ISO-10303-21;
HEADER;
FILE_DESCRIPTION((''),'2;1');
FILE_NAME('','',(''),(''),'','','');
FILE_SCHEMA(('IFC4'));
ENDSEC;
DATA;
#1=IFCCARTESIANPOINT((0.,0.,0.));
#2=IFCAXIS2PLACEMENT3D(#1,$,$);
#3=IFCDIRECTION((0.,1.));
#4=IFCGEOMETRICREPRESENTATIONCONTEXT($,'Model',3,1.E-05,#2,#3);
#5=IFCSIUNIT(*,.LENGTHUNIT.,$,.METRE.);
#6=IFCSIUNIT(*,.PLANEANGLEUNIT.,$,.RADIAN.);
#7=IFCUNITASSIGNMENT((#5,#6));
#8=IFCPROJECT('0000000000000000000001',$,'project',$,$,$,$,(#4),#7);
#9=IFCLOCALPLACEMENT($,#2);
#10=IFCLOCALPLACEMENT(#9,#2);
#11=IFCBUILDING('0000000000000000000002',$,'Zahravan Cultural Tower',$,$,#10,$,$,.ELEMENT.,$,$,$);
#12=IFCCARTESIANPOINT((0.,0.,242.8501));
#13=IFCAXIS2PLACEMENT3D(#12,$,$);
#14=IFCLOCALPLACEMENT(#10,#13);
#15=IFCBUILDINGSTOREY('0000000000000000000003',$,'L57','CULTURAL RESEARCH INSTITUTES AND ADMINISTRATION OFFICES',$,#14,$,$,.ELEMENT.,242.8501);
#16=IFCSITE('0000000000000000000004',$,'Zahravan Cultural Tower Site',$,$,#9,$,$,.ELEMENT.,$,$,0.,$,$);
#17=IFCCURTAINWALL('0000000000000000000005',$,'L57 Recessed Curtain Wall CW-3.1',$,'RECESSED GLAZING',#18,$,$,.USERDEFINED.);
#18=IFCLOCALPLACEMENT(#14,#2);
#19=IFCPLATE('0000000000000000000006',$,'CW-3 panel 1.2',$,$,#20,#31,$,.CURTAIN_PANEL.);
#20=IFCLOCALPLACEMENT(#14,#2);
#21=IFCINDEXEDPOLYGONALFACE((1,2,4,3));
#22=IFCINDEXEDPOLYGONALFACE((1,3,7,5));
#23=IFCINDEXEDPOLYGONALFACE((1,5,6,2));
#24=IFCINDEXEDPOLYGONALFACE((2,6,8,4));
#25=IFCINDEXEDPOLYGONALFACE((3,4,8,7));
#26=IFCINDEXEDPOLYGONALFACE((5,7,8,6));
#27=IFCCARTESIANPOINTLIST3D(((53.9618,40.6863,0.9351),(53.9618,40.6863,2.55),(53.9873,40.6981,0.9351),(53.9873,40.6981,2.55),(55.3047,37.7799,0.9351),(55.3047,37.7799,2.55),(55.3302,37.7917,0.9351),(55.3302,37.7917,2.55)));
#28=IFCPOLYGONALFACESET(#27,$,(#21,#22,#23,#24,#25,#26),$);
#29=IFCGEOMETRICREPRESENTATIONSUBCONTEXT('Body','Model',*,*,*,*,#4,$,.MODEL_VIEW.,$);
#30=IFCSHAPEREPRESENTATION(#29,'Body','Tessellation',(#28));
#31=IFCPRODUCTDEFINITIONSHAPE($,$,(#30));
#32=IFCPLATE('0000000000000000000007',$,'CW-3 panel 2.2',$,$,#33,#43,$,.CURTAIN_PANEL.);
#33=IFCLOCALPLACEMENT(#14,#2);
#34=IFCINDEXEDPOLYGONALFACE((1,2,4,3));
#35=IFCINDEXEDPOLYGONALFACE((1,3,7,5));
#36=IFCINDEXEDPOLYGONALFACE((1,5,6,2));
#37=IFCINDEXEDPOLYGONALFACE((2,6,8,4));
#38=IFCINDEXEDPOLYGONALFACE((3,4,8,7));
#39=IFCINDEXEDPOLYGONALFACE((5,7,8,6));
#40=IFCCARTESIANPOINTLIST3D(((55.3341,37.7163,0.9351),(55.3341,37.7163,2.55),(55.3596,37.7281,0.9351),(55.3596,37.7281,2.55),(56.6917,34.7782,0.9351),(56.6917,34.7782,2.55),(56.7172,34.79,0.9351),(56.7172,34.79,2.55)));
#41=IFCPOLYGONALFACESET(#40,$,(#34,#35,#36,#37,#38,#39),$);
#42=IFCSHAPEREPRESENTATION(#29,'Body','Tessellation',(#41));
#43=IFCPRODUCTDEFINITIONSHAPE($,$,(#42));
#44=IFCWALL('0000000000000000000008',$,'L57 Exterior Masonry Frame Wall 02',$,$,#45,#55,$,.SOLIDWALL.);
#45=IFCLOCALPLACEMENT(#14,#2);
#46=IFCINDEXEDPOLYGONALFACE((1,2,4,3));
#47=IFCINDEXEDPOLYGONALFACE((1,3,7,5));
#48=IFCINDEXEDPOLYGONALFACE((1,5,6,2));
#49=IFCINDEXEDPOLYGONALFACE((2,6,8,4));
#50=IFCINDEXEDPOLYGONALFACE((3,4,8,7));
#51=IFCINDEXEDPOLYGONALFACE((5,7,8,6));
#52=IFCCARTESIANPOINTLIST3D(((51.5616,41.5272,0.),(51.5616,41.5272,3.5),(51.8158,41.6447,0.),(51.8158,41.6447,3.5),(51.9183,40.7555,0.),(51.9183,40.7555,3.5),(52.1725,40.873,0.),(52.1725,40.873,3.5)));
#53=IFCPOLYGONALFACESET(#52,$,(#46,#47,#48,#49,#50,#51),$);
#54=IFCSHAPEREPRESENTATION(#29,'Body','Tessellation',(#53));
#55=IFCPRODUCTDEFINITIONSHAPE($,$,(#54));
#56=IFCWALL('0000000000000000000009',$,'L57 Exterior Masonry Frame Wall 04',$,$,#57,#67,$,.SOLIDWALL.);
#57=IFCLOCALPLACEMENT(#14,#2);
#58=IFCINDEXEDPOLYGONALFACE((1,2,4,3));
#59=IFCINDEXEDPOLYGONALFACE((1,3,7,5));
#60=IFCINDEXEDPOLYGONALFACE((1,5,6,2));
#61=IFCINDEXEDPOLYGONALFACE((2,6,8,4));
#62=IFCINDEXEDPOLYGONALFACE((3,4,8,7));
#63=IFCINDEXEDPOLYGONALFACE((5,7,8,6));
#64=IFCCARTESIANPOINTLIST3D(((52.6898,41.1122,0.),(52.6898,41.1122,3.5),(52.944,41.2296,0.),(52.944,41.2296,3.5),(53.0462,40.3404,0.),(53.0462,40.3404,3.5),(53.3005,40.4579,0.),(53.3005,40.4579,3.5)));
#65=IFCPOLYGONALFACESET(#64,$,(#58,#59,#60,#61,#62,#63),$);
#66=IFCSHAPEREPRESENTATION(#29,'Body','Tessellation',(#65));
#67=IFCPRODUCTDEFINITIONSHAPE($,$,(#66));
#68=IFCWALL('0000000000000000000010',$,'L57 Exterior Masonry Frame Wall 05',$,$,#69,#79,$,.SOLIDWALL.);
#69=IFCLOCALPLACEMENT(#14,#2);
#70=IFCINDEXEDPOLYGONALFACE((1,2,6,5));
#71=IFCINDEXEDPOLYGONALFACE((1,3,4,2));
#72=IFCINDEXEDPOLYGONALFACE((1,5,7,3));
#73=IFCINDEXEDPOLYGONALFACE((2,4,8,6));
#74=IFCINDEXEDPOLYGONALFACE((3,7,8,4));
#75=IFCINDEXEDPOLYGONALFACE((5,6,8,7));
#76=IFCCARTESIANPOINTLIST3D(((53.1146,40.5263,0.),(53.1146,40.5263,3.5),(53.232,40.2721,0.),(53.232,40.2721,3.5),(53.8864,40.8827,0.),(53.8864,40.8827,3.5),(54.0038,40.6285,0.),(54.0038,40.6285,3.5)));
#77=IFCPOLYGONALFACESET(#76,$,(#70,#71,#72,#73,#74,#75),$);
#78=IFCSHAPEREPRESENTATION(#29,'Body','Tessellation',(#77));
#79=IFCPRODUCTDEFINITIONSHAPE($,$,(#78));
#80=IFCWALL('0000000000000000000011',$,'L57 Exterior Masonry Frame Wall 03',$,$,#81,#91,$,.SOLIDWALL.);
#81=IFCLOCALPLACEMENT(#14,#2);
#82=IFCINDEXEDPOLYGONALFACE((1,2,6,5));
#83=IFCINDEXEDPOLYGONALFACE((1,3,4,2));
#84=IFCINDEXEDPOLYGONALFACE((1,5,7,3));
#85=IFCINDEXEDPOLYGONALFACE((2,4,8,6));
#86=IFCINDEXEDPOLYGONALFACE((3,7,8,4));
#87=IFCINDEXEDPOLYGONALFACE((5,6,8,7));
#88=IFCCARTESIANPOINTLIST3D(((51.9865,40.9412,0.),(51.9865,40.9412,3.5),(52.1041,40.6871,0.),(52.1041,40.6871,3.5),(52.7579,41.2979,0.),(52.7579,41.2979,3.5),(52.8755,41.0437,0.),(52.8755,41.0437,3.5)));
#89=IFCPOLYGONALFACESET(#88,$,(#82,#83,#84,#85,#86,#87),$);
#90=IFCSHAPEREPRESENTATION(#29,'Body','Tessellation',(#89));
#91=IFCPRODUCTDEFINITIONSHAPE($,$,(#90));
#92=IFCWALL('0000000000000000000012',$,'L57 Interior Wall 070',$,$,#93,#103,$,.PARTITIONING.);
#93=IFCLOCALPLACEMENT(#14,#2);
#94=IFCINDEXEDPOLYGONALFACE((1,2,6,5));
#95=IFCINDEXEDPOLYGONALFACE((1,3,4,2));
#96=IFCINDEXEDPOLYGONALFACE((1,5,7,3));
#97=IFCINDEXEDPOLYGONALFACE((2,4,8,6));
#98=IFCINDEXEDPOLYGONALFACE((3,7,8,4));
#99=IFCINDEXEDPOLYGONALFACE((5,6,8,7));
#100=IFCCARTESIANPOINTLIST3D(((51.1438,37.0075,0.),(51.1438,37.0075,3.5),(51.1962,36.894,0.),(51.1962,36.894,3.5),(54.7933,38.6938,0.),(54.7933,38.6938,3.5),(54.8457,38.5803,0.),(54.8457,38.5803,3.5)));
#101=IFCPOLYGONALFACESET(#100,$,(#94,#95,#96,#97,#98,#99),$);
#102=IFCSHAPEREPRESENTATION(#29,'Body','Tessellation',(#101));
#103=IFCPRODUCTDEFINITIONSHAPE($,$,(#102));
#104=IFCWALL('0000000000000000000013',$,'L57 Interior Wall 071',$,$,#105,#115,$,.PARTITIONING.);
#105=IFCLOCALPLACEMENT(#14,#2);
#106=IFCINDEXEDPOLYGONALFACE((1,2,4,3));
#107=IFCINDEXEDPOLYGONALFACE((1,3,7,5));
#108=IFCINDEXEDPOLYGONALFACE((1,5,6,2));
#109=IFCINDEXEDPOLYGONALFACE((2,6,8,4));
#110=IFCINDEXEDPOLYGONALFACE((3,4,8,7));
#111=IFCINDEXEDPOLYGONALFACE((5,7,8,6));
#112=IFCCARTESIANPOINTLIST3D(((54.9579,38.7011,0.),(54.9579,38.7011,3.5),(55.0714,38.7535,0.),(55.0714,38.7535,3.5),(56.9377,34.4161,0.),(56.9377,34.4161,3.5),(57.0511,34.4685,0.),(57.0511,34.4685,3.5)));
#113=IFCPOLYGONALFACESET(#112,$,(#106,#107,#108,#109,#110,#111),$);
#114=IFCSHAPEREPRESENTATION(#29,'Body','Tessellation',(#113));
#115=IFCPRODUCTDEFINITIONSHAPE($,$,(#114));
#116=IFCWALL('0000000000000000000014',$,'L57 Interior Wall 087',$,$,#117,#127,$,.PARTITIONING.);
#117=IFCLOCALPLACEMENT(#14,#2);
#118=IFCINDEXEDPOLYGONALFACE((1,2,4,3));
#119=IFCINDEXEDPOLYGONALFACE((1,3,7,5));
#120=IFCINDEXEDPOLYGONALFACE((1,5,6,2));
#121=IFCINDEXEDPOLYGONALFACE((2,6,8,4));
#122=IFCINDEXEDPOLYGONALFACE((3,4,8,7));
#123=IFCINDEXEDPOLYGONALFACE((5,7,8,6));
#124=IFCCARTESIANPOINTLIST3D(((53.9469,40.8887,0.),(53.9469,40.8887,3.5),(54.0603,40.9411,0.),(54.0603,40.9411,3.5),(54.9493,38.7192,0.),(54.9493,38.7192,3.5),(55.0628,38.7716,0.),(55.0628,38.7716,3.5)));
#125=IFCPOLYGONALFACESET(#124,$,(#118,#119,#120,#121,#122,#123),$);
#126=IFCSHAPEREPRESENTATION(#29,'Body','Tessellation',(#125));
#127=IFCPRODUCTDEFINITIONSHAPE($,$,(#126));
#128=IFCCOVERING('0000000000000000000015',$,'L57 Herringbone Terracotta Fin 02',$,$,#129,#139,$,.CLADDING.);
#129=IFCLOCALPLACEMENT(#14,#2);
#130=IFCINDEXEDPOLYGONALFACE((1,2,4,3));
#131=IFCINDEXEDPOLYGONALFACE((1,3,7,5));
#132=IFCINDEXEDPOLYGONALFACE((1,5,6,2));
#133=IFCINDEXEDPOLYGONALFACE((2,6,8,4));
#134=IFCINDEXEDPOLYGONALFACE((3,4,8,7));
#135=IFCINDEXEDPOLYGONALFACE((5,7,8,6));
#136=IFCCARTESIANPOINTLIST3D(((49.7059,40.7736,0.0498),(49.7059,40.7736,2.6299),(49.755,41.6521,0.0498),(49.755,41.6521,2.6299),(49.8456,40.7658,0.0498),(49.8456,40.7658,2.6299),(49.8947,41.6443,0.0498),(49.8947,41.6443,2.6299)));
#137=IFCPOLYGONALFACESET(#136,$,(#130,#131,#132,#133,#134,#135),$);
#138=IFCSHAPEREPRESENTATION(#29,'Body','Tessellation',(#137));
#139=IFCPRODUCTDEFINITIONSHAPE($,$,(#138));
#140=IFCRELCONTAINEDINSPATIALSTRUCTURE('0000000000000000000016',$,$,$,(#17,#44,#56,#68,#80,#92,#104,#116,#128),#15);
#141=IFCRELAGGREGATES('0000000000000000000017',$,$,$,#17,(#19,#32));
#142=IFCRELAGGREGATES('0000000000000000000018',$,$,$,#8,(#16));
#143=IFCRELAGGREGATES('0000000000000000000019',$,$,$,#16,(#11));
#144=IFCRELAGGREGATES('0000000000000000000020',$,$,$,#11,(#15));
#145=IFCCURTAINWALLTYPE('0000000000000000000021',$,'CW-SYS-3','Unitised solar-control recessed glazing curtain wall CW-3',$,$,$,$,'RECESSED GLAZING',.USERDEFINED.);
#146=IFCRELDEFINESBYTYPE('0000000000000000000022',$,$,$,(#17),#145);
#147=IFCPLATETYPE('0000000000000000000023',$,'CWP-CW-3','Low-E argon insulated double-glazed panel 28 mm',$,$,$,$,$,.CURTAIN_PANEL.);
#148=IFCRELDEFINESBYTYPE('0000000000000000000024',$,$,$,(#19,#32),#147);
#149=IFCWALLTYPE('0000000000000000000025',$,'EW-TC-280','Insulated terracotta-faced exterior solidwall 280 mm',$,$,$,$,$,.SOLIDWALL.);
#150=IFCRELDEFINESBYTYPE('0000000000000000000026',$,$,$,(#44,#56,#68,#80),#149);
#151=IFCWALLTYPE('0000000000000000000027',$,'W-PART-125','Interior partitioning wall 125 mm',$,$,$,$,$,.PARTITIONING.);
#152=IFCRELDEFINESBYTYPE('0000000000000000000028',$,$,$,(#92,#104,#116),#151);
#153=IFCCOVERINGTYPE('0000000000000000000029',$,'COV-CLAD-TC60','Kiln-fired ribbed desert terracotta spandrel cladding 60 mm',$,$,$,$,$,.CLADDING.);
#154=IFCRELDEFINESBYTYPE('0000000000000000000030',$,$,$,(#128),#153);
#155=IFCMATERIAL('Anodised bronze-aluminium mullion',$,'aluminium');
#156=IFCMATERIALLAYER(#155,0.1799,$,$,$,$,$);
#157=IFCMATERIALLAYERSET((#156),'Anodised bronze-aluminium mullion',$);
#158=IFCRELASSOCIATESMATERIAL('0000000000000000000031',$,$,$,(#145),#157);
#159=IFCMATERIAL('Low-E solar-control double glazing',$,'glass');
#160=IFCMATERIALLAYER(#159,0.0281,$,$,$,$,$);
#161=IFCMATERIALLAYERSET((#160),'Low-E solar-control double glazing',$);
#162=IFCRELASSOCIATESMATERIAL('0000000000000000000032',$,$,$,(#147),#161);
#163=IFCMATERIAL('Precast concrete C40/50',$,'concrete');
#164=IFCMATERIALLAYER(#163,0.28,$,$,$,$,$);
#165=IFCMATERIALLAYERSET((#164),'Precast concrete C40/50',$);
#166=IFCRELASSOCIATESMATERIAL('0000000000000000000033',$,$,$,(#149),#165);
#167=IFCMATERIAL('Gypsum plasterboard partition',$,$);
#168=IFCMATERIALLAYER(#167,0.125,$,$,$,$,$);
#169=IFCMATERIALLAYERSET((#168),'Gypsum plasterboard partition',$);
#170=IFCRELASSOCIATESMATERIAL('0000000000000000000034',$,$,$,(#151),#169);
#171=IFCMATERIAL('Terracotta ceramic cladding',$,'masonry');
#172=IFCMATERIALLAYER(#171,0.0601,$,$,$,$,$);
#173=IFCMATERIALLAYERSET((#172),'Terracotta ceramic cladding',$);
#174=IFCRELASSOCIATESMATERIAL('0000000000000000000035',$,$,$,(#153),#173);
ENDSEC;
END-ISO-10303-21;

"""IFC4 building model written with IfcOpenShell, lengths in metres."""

from ifc_helpers import new_model, si_unit, direction, frame, frame_2d, origin, origin_2d, place, context, subcontext, project, spatial, rectangle, extrude, source, transform, mapped, material, layer, layer_set, type_object, element, aggregate, save


model = new_model("IFC4")

# Units and contexts
model_context = context("Model", 3, precision=1e-05, world=origin(), true_north=direction((0.0, 1.0)))
body_context = subcontext(model_context, "Body", "Model", "MODEL_VIEW")
ifc_project = project(units=[si_unit("LENGTHUNIT", "METRE"), si_unit("PLANEANGLEUNIT", "RADIAN")], contexts=[model_context])

# Site, building, storey
site_placement = place(None, origin())
site = spatial("IfcSite", under=ifc_project, at=site_placement, Name="Zahravan Cultural Tower Site", CompositionType="ELEMENT", RefElevation=0.0)
building_placement = place(site_placement, origin())
building = spatial("IfcBuilding", under=site, at=building_placement, Name="Zahravan Cultural Tower", CompositionType="ELEMENT")
storey_placement = place(building_placement, frame((0.0, 0.0, 242.8501)))
storey = spatial("IfcBuildingStorey", under=building, at=storey_placement, Name="L57", Description="CULTURAL RESEARCH INSTITUTES AND ADMINISTRATION OFFICES", CompositionType="ELEMENT", Elevation=242.8501)

# Curtain wall, plates
ifc_material_1 = material(Name="Anodised bronze-aluminium mullion", Category="aluminium")
ifc_layer_1 = layer(ifc_material_1, 0.1799)
ifc_layer_set_1 = layer_set([ifc_layer_1], Name="Anodised bronze-aluminium mullion")
curtain_wall_type = type_object("IfcCurtainWallType", Name="CW-SYS-3", Description="Unitised solar-control recessed glazing curtain wall CW-3", ElementType="RECESSED GLAZING", PredefinedType="USERDEFINED", material=ifc_layer_set_1)
curtain_wall_placement = place(storey_placement, origin())
curtain_wall = element("IfcCurtainWall", 1, at=curtain_wall_placement, inside=storey, type_object=curtain_wall_type, Name="L57 Recessed Curtain Wall CW-3.1", ObjectType="RECESSED GLAZING", PredefinedType="USERDEFINED")
ifc_material_2 = material(Name="Low-E solar-control double glazing", Category="glass")
ifc_layer_2 = layer(ifc_material_2, 0.0281)
ifc_layer_set_2 = layer_set([ifc_layer_2], Name="Low-E solar-control double glazing")
plate_type = type_object("IfcPlateType", Name="CWP-CW-3", Description="Low-E argon insulated double-glazed panel 28 mm", PredefinedType="CURTAIN_PANEL", material=ifc_layer_set_2)
shared_shape_1 = source(origin(), body_context, "Body", "SweptSolid", [
    extrude(rectangle(XDim=3.2017, YDim=0.0281, at=origin_2d()), origin(), (0.0, 0.0, 1.0), 1.615),
])
plate_1_placement = place(storey_placement, frame((54.646, 39.239, 0.9351), z_axis=(0.0, 0.0, 1.0), x_axis=(0.419457, -0.907775, 0.0)))
plate_1 = element("IfcPlate", 2, at=plate_1_placement, type_object=plate_type, Name="CW-3 panel 1.2", PredefinedType="CURTAIN_PANEL", context=body_context, shape_type="MappedRepresentation", body=[
    mapped(shared_shape_1, transform((0.0, 0.0, 0.0), x_axis=(1.0, 0.0, 0.0), y_axis=(0.0, 1.0, 0.0), z_axis=(0.0, 0.0, 1.0), scale=1.0)),
])
shared_shape_2 = source(origin(), body_context, "Body", "SweptSolid", [
    extrude(rectangle(XDim=3.2366, YDim=0.0281, at=origin_2d()), origin(), (0.0, 0.0, 1.0), 1.615),
])
plate_2_placement = place(storey_placement, frame((56.0256, 36.2532, 0.9351), z_axis=(0.0, 0.0, 1.0), x_axis=(0.419457, -0.907775, 0.0)))
plate_2 = element("IfcPlate", 3, at=plate_2_placement, type_object=plate_type, Name="CW-3 panel 2.2", PredefinedType="CURTAIN_PANEL", context=body_context, shape_type="MappedRepresentation", body=[
    mapped(shared_shape_2, transform((0.0, 0.0, 0.0), x_axis=(1.0, 0.0, 0.0), y_axis=(0.0, 1.0, 0.0), z_axis=(0.0, 0.0, 1.0), scale=1.0)),
])
aggregate(curtain_wall, [plate_1, plate_2])

# Walls
ifc_material_3 = material(Name="Precast concrete C40/50", Category="concrete")
ifc_layer_3 = layer(ifc_material_3, 0.28)
ifc_layer_set_3 = layer_set([ifc_layer_3], Name="Precast concrete C40/50")
wall_type_1 = type_object("IfcWallType", Name="EW-TC-280", Description="Insulated terracotta-faced exterior solidwall 280 mm", PredefinedType="SOLIDWALL", material=ifc_layer_set_3)
shared_shape_3 = source(origin(), body_context, "Body", "SweptSolid", [
    extrude(rectangle(XDim=0.8501, YDim=0.28, at=frame_2d((0.425, 0.0))), origin(), (0.0, 0.0, 1.0), 3.5),
])
for number, where, z_axis, x_axis, name in (
    (4, (51.6887, 41.5859, 0.0), (0.0, 0.0, 1.0), (0.41955, -0.907732, 0.0), "L57 Exterior Masonry Frame Wall 02"),
    (5, (52.8169, 41.1709, 0.0), (0.0, 0.0, 1.0), (0.419313, -0.907842, 0.0), "L57 Exterior Masonry Frame Wall 04"),
    (6, (53.1733, 40.3992, 0.0), (0.0, 0.0, 1.0), (0.907842, 0.419313, 0.0), "L57 Exterior Masonry Frame Wall 05"),
):
    element("IfcWall", number, at=place(storey_placement, frame(where, z_axis=z_axis, x_axis=x_axis)), inside=storey, type_object=wall_type_1, Name=name, PredefinedType="SOLIDWALL", context=body_context, shape_type="MappedRepresentation", body=[
        mapped(shared_shape_3, transform((0.0, 0.0, 0.0), x_axis=(1.0, 0.0, 0.0), y_axis=(0.0, 1.0, 0.0), z_axis=(0.0, 0.0, 1.0), scale=1.0)),
    ])
shared_shape_4 = source(origin(), body_context, "Body", "SweptSolid", [
    extrude(rectangle(XDim=0.8499, YDim=0.28, at=frame_2d((0.4248, 0.0))), origin(), (0.0, 0.0, 1.0), 3.5),
])
wall_1_placement = place(storey_placement, frame((52.0454, 40.8142, 0.0), z_axis=(0.0, 0.0, 1.0), x_axis=(0.907682, 0.419659, 0.0)))
element("IfcWall", 7, at=wall_1_placement, inside=storey, type_object=wall_type_1, Name="L57 Exterior Masonry Frame Wall 03", PredefinedType="SOLIDWALL", context=body_context, shape_type="MappedRepresentation", body=[
    mapped(shared_shape_4, transform((0.0, 0.0, 0.0), x_axis=(1.0, 0.0, 0.0), y_axis=(0.0, 1.0, 0.0), z_axis=(0.0, 0.0, 1.0), scale=1.0)),
])
ifc_material_4 = material(Name="Gypsum plasterboard partition")
ifc_layer_4 = layer(ifc_material_4, 0.125)
ifc_layer_set_4 = layer_set([ifc_layer_4], Name="Gypsum plasterboard partition")
wall_type_2 = type_object("IfcWallType", Name="W-PART-125", Description="Interior partitioning wall 125 mm", PredefinedType="PARTITIONING", material=ifc_layer_set_4)
shared_shape_5 = source(origin(), body_context, "Body", "SweptSolid", [
    extrude(rectangle(XDim=4.0203, YDim=0.125, at=frame_2d((2.0103, 0.0))), origin(), (0.0, 0.0, 1.0), 3.5),
])
wall_2_placement = place(storey_placement, frame((51.1699, 36.9507, 0.0), z_axis=(0.0, 0.0, 1.0), x_axis=(0.907776, 0.419455, 0.0)))
element("IfcWall", 8, at=wall_2_placement, inside=storey, type_object=wall_type_2, Name="L57 Interior Wall 070", PredefinedType="PARTITIONING", context=body_context, shape_type="MappedRepresentation", body=[
    mapped(shared_shape_5, transform((0.0, 0.0, 0.0), x_axis=(1.0, 0.0, 0.0), y_axis=(0.0, 1.0, 0.0), z_axis=(0.0, 0.0, 1.0), scale=1.0)),
])
shared_shape_6 = source(origin(), body_context, "Body", "SweptSolid", [
    extrude(rectangle(XDim=4.7202, YDim=0.125, at=frame_2d((2.3601, 0.0))), origin(), (0.0, 0.0, 1.0), 3.5),
])
wall_3_placement = place(storey_placement, frame((55.0146, 38.7273, 0.0), z_axis=(0.0, 0.0, 1.0), x_axis=(0.419422, -0.907791, 0.0)))
element("IfcWall", 9, at=wall_3_placement, inside=storey, type_object=wall_type_2, Name="L57 Interior Wall 071", PredefinedType="PARTITIONING", context=body_context, shape_type="MappedRepresentation", body=[
    mapped(shared_shape_6, transform((0.0, 0.0, 0.0), x_axis=(1.0, 0.0, 0.0), y_axis=(0.0, 1.0, 0.0), z_axis=(0.0, 0.0, 1.0), scale=1.0)),
])
shared_shape_7 = source(origin(), body_context, "Body", "SweptSolid", [
    extrude(rectangle(XDim=2.3899, YDim=0.125, at=frame_2d((1.1948, 0.0))), origin(), (0.0, 0.0, 1.0), 3.5),
])
wall_4_placement = place(storey_placement, frame((54.0037, 40.9148, 0.0), z_axis=(0.0, 0.0, 1.0), x_axis=(0.41946, -0.907774, 0.0)))
element("IfcWall", 10, at=wall_4_placement, inside=storey, type_object=wall_type_2, Name="L57 Interior Wall 087", PredefinedType="PARTITIONING", context=body_context, shape_type="MappedRepresentation", body=[
    mapped(shared_shape_7, transform((0.0, 0.0, 0.0), x_axis=(1.0, 0.0, 0.0), y_axis=(0.0, 1.0, 0.0), z_axis=(0.0, 0.0, 1.0), scale=1.0)),
])

# Covering
ifc_material_5 = material(Name="Terracotta ceramic cladding", Category="masonry")
ifc_layer_5 = layer(ifc_material_5, 0.0601)
ifc_layer_set_5 = layer_set([ifc_layer_5], Name="Terracotta ceramic cladding")
covering_type = type_object("IfcCoveringType", Name="COV-CLAD-TC60", Description="Kiln-fired ribbed desert terracotta spandrel cladding 60 mm", PredefinedType="CLADDING", material=ifc_layer_set_5)
shared_shape_8 = source(origin(), body_context, "Body", "SweptSolid", [
    extrude(rectangle(XDim=0.8799, YDim=0.1399, at=origin_2d()), origin(), (0.0, 0.0, 1.0), 2.5801),
])
covering_placement = place(storey_placement, frame((49.8003, 41.209, 0.0498), z_axis=(0.0, 0.0, 1.0), x_axis=(0.055822, 0.998441, 0.0)))
element("IfcCovering", 11, at=covering_placement, inside=storey, type_object=covering_type, Name="L57 Herringbone Terracotta Fin 02", PredefinedType="CLADDING", context=body_context, shape_type="MappedRepresentation", body=[
    mapped(shared_shape_8, transform((0.0, 0.0, 0.0), x_axis=(1.0, 0.0, 0.0), y_axis=(0.0, 1.0, 0.0), z_axis=(0.0, 0.0, 1.0), scale=1.0)),
])

save(model, "model.ifc")
